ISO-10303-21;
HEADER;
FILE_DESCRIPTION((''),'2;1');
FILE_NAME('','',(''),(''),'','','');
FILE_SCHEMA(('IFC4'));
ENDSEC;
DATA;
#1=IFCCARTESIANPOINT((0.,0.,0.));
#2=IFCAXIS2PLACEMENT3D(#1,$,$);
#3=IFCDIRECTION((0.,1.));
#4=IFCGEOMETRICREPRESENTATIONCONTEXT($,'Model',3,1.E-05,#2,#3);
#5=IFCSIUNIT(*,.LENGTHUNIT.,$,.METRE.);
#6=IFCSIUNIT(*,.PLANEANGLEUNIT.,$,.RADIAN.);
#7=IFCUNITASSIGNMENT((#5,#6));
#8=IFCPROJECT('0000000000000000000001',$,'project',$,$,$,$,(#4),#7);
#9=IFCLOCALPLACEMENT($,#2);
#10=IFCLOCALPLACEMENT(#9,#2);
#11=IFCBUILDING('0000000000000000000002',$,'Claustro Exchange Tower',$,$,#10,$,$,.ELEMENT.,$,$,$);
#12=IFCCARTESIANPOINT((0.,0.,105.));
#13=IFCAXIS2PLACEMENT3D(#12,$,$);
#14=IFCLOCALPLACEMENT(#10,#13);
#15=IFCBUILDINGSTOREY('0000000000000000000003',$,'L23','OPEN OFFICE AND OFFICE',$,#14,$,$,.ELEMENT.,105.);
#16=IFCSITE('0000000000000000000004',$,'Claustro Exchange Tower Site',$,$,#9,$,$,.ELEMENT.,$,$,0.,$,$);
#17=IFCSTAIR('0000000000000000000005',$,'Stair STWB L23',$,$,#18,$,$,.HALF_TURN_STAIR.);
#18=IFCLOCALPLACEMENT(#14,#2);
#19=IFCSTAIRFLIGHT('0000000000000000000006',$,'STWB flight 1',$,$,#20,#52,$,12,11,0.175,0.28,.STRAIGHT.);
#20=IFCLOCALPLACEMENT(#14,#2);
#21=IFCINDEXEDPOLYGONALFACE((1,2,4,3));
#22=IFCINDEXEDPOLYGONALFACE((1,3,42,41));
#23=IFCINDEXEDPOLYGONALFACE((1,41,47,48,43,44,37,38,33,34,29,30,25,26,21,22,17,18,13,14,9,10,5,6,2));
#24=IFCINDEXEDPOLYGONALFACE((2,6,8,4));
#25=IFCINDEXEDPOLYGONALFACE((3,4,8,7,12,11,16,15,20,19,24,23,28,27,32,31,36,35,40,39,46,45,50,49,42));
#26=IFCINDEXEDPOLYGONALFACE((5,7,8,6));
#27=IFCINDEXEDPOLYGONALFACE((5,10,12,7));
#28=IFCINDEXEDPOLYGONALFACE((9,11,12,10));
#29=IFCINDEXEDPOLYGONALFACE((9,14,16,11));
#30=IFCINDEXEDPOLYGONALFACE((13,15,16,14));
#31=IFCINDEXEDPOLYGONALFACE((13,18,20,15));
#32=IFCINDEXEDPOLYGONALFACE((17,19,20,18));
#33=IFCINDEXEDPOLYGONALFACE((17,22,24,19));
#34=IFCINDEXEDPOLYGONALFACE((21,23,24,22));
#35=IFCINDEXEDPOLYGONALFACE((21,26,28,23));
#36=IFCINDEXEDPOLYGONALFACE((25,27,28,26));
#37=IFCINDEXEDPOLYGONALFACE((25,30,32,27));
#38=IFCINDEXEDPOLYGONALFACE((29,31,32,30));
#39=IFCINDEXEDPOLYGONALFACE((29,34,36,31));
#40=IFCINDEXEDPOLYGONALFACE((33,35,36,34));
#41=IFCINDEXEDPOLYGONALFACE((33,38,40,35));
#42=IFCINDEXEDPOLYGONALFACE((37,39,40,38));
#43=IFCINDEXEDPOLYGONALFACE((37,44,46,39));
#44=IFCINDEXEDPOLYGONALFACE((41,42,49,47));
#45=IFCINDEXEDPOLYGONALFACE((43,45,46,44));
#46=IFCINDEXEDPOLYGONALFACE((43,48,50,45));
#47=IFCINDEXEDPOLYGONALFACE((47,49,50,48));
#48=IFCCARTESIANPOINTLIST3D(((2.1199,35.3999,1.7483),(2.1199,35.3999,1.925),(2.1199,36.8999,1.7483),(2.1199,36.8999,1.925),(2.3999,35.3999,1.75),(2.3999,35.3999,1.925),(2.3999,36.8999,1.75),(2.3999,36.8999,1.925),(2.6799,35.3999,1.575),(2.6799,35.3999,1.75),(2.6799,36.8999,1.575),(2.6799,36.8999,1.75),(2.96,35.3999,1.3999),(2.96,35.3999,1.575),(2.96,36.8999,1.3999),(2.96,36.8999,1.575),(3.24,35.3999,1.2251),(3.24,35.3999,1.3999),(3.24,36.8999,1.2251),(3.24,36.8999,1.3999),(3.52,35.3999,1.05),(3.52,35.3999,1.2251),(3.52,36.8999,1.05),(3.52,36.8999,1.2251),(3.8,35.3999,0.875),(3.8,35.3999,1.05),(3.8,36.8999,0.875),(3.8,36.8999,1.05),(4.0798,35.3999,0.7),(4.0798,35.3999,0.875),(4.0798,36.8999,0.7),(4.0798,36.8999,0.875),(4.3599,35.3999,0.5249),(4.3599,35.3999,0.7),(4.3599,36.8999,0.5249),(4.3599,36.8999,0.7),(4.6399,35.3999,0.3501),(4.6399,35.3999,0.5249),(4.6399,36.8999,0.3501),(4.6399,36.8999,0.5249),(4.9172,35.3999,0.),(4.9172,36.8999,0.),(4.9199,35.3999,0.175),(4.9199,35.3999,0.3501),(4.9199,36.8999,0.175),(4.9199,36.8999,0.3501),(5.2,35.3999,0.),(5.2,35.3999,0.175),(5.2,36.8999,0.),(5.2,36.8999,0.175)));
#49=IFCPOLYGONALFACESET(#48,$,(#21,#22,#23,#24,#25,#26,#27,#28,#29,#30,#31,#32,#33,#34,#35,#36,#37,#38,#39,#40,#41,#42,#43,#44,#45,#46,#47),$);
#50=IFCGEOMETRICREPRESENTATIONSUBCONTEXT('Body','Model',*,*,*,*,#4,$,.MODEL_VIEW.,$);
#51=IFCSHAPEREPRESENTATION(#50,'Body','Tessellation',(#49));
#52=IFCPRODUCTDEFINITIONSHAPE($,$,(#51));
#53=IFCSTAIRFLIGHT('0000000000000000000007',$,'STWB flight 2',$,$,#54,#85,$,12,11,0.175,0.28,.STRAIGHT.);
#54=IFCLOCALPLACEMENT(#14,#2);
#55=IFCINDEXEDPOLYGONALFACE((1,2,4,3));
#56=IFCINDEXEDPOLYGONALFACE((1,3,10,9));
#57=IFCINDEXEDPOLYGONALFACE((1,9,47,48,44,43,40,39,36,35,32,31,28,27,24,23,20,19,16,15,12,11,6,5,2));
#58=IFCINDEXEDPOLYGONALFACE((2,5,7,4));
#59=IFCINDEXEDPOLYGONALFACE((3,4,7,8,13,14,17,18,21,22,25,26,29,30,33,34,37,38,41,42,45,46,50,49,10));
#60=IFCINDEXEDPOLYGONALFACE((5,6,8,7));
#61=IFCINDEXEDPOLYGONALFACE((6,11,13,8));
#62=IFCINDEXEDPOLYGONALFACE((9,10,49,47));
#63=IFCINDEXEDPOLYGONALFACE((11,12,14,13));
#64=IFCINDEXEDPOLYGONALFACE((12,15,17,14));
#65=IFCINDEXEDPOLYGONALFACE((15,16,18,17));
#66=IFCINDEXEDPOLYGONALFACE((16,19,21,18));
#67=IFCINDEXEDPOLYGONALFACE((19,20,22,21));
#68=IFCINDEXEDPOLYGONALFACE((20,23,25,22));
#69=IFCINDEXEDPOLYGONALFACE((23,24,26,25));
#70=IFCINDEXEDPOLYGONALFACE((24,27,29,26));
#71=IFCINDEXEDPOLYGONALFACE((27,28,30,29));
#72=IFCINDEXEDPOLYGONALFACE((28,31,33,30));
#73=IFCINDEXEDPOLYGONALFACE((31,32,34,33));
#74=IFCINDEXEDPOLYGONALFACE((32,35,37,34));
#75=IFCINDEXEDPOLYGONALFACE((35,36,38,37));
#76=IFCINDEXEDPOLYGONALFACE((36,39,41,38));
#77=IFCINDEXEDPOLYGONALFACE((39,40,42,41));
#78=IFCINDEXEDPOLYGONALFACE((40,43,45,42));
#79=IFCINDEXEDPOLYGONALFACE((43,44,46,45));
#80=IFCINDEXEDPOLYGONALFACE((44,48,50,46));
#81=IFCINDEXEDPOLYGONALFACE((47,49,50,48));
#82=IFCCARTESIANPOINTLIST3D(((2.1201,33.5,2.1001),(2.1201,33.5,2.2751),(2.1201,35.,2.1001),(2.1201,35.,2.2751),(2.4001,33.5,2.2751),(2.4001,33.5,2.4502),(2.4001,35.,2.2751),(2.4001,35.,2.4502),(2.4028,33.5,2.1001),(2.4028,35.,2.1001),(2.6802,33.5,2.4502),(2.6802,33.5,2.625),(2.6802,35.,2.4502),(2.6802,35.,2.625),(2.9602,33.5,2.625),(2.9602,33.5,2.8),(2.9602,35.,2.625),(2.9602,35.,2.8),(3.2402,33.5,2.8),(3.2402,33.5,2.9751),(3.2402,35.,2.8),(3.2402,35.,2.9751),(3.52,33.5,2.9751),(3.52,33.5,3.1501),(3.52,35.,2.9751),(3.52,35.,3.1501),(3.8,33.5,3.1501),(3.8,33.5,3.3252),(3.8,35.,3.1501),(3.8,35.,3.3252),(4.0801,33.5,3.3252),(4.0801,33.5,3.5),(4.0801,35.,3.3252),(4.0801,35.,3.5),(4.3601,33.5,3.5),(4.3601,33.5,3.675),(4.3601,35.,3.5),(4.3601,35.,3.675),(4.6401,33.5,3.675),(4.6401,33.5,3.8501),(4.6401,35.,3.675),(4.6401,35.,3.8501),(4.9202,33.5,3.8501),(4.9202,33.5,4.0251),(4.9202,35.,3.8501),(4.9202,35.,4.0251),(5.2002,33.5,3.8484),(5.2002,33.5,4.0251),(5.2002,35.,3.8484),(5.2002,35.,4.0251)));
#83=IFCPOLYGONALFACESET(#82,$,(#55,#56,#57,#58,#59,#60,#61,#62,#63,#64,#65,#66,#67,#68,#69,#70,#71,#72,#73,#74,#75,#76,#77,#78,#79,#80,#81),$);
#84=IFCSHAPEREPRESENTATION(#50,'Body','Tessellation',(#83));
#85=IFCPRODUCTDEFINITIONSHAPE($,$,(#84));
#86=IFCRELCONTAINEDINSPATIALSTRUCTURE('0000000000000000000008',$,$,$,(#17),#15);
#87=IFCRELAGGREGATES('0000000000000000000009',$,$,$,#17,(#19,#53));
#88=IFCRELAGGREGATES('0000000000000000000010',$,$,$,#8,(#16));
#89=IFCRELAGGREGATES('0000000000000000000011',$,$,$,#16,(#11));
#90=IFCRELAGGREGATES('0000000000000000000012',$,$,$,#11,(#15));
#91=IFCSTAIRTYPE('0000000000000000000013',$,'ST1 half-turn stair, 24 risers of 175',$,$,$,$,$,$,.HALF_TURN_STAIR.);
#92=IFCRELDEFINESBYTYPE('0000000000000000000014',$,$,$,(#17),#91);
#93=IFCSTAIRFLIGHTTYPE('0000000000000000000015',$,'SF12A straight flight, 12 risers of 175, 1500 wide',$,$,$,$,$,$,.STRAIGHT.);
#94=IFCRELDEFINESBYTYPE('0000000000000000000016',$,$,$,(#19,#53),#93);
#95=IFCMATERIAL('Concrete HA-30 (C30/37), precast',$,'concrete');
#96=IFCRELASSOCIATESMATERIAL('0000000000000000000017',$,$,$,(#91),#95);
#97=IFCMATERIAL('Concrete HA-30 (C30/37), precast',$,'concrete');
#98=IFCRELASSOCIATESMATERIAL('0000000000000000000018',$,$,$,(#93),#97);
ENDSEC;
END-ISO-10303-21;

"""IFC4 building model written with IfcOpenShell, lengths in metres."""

from ifc_helpers import new_model, si_unit, direction, frame, origin, place, context, subcontext, project, spatial, polyline, outline, extrude, material, type_object, element, aggregate, save


model = new_model("IFC4")

# Units and contexts
model_context = context("Model", 3, precision=1e-05, world=origin(), true_north=direction((0.0, 1.0)))
body_context = subcontext(model_context, "Body", "Model", "MODEL_VIEW")
ifc_project = project(units=[si_unit("LENGTHUNIT", "METRE"), si_unit("PLANEANGLEUNIT", "RADIAN")], contexts=[model_context])

# Site, building, storey
site_placement = place(None, origin())
site = spatial("IfcSite", under=ifc_project, at=site_placement, Name="Claustro Exchange Tower Site", CompositionType="ELEMENT", RefElevation=0.0)
building_placement = place(site_placement, origin())
building = spatial("IfcBuilding", under=site, at=building_placement, Name="Claustro Exchange Tower", CompositionType="ELEMENT")
storey_placement = place(building_placement, frame((0.0, 0.0, 105.0)))
storey = spatial("IfcBuildingStorey", under=building, at=storey_placement, Name="L23", Description="OPEN OFFICE AND OFFICE", CompositionType="ELEMENT", Elevation=105.0)

# Stair, stair flights
ifc_material_1 = material(Name="Concrete HA-30 (C30/37), precast", Category="concrete")
stair_type = type_object("IfcStairType", Name="ST1 half-turn stair, 24 risers of 175", PredefinedType="HALF_TURN_STAIR", material=ifc_material_1)
stair_placement = place(storey_placement, origin())
stair = element("IfcStair", 1, at=stair_placement, inside=storey, type_object=stair_type, Name="Stair STWB L23", PredefinedType="HALF_TURN_STAIR")
ifc_material_2 = material(Name="Concrete HA-30 (C30/37), precast", Category="concrete")
stair_flight_type = type_object("IfcStairFlightType", Name="SF12A straight flight, 12 risers of 175, 1500 wide", PredefinedType="STRAIGHT", material=ifc_material_2)
stair_flight_1_placement = place(storey_placement, frame((5.2, 36.1499, 0.0), z_axis=(0.0, 0.0, 1.0), x_axis=(-1.0, 0.0, 0.0)))
stair_flight_1 = element("IfcStairFlight", 2, at=stair_flight_1_placement, type_object=stair_flight_type, Name="STWB flight 1", NumberOfRisers=12, NumberOfTreads=11, PredefinedType="STRAIGHT", RiserHeight=0.175, TreadLength=0.28, context=body_context, shape_type="SweptSolid", body=[
    extrude(outline(polyline([(0.0, 0.0), (0.0, 0.175), (0.28, 0.175), (0.28, 0.3501), (0.5601, 0.3501), (0.5601, 0.5249), (0.8401, 0.5249), (0.8401, 0.7), (1.1201, 0.7), (1.1201, 0.875), (1.3999, 0.875), (1.3999, 1.05), (1.6799, 1.05), (1.6799, 1.2251), (1.96, 1.2251), (1.96, 1.3999), (2.24, 1.3999), (2.24, 1.575), (2.52, 1.575), (2.52, 1.75), (2.8, 1.75), (2.8, 1.925), (3.0801, 1.925), (3.0801, 2.1001), (3.0801, 1.7483), (0.2827, 0.0), (0.0, 0.0)])), frame((0.0, 0.75, 0.0), z_axis=(0.0, -1.0, 0.0), x_axis=(1.0, 0.0, 0.0)), (0.0, 0.0, 1.0), 1.5),
])
stair_flight_2_placement = place(storey_placement, frame((2.1201, 34.25, 2.1001), z_axis=(0.0, 0.0, 1.0), x_axis=(1.0, 0.0, 0.0)))
stair_flight_2 = element("IfcStairFlight", 3, at=stair_flight_2_placement, type_object=stair_flight_type, Name="STWB flight 2", NumberOfRisers=12, NumberOfTreads=11, PredefinedType="STRAIGHT", RiserHeight=0.175, TreadLength=0.28, context=body_context, shape_type="SweptSolid", body=[
    extrude(outline(polyline([(0.0, 0.0), (0.0, 0.175), (0.28, 0.175), (0.28, 0.3501), (0.5601, 0.3501), (0.5601, 0.5249), (0.8401, 0.5249), (0.8401, 0.7), (1.1201, 0.7), (1.1201, 0.875), (1.3999, 0.875), (1.3999, 1.05), (1.6799, 1.05), (1.6799, 1.2251), (1.96, 1.2251), (1.96, 1.3999), (2.24, 1.3999), (2.24, 1.575), (2.52, 1.575), (2.52, 1.75), (2.8, 1.75), (2.8, 1.925), (3.0801, 1.925), (3.0801, 2.1001), (3.0801, 1.7483), (0.2827, 0.0), (0.0, 0.0)])), frame((0.0, 0.75, 0.0), z_axis=(0.0, -1.0, 0.0), x_axis=(1.0, 0.0, 0.0)), (0.0, 0.0, 1.0), 1.5),
])
aggregate(stair, [stair_flight_1, stair_flight_2])

save(model, "model.ifc")
